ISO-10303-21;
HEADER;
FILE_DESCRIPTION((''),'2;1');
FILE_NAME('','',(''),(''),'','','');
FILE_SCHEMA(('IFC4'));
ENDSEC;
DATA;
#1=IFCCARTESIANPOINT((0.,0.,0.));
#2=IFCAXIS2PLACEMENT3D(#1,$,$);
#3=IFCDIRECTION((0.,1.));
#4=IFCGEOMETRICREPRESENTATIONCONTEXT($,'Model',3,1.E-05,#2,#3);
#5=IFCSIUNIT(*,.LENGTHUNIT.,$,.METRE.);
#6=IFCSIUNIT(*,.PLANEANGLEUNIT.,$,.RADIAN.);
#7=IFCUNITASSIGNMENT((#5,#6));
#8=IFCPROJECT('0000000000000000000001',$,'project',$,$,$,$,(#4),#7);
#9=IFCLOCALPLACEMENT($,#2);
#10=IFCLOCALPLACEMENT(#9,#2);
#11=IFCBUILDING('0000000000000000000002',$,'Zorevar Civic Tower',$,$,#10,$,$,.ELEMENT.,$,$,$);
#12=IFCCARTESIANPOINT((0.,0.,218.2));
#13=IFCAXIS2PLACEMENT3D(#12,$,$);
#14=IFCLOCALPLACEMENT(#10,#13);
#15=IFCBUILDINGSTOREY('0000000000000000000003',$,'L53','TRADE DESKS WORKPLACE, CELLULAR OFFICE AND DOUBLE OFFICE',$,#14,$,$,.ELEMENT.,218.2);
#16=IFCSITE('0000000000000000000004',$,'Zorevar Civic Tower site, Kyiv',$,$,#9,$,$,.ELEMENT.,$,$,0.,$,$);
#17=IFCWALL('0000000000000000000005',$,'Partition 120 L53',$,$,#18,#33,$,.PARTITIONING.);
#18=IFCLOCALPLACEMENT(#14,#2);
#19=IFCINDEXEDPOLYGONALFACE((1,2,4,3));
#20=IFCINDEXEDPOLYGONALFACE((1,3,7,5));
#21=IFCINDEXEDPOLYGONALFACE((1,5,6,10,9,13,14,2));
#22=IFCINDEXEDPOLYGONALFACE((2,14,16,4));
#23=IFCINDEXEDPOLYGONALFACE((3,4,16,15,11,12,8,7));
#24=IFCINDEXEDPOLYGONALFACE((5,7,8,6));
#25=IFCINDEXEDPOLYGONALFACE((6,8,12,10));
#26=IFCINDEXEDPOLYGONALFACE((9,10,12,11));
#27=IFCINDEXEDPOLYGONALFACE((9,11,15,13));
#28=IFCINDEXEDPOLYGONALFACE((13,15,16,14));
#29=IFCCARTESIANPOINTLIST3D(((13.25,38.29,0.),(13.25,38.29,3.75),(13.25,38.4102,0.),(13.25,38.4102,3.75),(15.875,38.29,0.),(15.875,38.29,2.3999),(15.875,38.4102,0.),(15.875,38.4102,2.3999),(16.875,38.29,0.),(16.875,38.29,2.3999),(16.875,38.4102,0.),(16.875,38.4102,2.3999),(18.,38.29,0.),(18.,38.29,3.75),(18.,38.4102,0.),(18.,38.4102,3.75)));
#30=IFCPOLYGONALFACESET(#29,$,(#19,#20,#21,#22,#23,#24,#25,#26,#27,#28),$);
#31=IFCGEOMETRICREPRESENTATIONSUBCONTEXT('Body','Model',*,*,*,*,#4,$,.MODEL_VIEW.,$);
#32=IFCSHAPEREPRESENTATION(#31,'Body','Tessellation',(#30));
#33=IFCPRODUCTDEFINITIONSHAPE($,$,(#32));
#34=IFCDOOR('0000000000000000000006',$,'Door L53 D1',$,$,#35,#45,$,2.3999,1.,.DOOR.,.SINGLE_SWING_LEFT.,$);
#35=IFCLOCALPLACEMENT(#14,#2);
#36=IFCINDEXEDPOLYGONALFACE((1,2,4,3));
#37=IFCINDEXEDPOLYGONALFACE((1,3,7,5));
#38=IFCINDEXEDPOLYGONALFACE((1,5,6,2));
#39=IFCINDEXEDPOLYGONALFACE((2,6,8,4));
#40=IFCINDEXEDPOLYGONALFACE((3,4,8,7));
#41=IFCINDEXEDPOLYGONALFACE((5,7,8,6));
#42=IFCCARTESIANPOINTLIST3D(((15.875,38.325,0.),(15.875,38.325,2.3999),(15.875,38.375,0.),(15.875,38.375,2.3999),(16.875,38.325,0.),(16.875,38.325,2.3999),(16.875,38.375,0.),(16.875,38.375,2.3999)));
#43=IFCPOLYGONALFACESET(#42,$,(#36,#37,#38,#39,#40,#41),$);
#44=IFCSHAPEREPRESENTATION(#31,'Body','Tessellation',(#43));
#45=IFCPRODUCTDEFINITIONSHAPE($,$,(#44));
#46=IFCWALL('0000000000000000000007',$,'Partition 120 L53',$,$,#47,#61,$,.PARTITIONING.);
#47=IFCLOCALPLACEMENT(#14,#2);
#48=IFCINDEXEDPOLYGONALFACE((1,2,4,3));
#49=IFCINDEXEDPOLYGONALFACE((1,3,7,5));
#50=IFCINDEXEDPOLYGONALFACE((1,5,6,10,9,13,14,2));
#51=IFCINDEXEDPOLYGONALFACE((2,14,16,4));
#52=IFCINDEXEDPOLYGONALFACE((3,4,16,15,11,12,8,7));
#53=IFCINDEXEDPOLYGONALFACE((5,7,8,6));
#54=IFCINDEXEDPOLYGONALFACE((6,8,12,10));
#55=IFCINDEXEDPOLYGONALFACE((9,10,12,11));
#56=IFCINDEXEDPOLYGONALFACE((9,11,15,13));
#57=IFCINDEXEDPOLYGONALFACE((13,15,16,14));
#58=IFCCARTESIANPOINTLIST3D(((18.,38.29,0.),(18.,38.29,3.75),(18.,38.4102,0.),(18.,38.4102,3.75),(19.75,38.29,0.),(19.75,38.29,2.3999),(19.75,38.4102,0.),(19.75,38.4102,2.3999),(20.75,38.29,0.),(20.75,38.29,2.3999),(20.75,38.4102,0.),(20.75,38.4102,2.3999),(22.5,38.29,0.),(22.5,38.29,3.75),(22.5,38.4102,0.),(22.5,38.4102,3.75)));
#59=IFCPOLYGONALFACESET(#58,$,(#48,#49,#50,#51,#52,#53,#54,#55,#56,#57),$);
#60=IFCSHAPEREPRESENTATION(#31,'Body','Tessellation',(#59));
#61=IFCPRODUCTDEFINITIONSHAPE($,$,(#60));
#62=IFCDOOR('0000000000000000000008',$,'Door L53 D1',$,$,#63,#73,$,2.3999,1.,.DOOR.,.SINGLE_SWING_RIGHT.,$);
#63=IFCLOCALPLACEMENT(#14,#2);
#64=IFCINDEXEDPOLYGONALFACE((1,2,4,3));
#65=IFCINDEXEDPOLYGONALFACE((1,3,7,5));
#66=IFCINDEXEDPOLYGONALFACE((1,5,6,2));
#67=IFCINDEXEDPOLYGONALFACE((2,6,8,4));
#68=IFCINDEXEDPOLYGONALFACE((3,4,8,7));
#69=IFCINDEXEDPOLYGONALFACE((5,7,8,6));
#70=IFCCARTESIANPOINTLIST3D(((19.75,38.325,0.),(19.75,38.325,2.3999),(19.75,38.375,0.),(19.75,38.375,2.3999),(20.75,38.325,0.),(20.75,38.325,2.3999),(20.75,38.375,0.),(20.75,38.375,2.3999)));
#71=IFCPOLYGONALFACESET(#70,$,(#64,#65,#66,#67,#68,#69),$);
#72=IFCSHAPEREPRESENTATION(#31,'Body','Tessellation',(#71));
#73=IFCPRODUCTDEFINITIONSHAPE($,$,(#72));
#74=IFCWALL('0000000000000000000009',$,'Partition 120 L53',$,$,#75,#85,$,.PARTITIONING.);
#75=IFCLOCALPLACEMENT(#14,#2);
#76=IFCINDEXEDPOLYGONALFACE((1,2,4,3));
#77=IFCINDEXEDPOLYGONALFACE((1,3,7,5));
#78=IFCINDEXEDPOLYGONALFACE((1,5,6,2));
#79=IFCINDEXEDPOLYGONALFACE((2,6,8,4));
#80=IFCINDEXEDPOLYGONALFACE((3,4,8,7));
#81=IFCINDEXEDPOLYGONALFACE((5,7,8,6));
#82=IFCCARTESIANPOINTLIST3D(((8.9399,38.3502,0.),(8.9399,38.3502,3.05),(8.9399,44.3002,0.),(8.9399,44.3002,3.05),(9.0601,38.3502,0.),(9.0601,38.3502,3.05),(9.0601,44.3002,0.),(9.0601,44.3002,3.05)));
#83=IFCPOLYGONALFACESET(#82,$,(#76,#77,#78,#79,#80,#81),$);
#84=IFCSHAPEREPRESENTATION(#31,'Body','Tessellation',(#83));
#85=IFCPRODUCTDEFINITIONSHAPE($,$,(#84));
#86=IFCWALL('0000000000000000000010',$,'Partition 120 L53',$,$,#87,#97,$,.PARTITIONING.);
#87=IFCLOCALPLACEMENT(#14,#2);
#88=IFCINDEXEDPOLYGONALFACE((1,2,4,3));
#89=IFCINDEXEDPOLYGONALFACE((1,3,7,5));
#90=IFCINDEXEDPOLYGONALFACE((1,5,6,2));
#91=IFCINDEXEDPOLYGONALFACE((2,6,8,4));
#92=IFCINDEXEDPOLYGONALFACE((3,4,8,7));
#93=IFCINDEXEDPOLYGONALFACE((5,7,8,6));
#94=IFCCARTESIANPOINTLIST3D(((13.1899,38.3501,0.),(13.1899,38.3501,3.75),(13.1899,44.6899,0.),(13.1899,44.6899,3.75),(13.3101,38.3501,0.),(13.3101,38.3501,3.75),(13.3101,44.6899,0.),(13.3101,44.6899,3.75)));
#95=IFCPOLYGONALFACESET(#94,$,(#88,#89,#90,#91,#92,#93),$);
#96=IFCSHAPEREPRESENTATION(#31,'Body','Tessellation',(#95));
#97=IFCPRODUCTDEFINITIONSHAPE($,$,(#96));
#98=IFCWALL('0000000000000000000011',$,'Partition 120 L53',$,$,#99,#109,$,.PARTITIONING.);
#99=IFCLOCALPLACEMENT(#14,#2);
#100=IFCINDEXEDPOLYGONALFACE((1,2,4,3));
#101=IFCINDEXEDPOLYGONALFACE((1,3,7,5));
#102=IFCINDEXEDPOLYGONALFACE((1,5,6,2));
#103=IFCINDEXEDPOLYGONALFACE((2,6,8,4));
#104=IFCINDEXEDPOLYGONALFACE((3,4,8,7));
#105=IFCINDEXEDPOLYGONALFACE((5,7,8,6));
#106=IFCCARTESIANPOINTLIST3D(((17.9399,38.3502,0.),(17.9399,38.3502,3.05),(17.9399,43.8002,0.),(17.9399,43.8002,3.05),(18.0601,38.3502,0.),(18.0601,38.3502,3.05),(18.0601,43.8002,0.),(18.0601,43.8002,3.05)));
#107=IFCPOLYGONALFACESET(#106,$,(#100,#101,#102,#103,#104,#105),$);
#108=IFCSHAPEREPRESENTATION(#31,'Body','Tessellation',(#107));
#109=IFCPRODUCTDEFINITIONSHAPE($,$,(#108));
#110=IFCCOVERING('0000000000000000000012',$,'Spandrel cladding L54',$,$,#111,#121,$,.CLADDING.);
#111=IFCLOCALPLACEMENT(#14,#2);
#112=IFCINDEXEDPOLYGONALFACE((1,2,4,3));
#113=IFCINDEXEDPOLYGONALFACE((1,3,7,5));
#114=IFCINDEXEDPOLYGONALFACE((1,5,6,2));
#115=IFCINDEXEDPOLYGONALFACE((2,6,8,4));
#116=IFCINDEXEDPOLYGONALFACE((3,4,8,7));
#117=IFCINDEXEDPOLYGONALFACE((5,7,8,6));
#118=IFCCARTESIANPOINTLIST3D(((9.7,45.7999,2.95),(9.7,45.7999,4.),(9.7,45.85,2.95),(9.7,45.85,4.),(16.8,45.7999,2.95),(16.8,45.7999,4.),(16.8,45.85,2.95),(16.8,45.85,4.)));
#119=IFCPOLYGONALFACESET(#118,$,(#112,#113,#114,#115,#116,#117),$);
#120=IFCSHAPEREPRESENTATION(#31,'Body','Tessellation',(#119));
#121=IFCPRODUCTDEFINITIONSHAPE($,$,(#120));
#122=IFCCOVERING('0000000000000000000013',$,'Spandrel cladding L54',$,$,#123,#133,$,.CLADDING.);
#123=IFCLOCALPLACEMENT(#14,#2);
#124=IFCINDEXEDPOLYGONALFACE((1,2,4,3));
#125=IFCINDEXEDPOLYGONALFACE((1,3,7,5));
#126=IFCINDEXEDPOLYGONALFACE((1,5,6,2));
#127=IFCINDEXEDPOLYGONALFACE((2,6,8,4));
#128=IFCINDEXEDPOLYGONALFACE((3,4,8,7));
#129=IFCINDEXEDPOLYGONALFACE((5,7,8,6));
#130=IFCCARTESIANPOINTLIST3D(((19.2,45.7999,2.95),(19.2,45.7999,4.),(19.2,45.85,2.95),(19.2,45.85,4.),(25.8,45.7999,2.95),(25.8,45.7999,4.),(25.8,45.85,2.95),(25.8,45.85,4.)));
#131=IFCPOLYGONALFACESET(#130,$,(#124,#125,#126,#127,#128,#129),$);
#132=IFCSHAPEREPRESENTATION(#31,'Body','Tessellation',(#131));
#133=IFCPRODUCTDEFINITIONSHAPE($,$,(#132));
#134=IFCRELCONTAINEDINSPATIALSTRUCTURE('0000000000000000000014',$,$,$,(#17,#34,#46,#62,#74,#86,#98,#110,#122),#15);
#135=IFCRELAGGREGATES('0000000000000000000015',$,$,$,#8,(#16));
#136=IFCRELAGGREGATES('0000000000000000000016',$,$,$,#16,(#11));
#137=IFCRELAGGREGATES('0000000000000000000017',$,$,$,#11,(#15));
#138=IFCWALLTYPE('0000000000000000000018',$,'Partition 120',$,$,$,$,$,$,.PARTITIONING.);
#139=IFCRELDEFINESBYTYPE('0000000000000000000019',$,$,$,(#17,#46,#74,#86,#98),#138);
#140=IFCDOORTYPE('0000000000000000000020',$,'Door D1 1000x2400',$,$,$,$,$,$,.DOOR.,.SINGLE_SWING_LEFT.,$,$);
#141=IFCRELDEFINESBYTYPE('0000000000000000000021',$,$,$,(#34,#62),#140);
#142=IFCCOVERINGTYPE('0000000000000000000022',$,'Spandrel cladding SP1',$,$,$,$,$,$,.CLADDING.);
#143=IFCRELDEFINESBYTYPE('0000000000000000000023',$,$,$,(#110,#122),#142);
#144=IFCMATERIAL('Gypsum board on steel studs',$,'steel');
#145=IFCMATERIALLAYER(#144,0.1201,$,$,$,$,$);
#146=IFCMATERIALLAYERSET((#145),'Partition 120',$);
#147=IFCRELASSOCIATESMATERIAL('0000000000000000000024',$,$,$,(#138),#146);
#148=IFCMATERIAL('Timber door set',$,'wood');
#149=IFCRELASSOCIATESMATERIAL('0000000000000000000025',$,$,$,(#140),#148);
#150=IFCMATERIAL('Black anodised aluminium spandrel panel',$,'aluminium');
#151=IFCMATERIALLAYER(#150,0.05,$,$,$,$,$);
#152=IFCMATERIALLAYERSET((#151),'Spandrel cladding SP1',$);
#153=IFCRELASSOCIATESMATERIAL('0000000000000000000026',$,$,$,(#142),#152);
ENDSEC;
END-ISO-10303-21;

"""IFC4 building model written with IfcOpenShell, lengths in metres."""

from ifc_helpers import new_model, si_unit, direction, frame, frame_2d, origin, place, context, subcontext, project, spatial, rectangle, extrude, material, layer, layer_set, type_object, element, fill, save


model = new_model("IFC4")

# Units and contexts
model_context = context("Model", 3, precision=1e-05, world=origin(), true_north=direction((0.0, 1.0)))
body_context = subcontext(model_context, "Body", "Model", "MODEL_VIEW")
ifc_project = project(units=[si_unit("LENGTHUNIT", "METRE"), si_unit("PLANEANGLEUNIT", "RADIAN")], contexts=[model_context])

# Site, building, storey
site_placement = place(None, origin())
site = spatial("IfcSite", under=ifc_project, at=site_placement, Name="Zorevar Civic Tower site, Kyiv", CompositionType="ELEMENT", RefElevation=0.0)
building_placement = place(site_placement, origin())
building = spatial("IfcBuilding", under=site, at=building_placement, Name="Zorevar Civic Tower", CompositionType="ELEMENT")
storey_placement = place(building_placement, frame((0.0, 0.0, 218.2)))
storey = spatial("IfcBuildingStorey", under=building, at=storey_placement, Name="L53", Description="TRADE DESKS WORKPLACE, CELLULAR OFFICE AND DOUBLE OFFICE", CompositionType="ELEMENT", Elevation=218.2)

# Walls, openings, doors
ifc_material_1 = material(Name="Gypsum board on steel studs", Category="steel")
ifc_layer_1 = layer(ifc_material_1, 0.1201)
ifc_layer_set_1 = layer_set([ifc_layer_1], Name="Partition 120")
wall_type_1 = type_object("IfcWallType", Name="Partition 120", PredefinedType="PARTITIONING", material=ifc_layer_set_1)
ifc_material_2 = material(Name="Timber door set", Category="wood")
door_type_1 = type_object("IfcDoorType", Name="Door D1 1000x2400", OperationType="SINGLE_SWING_LEFT", PredefinedType="DOOR", material=ifc_material_2)
wall_1_placement = place(storey_placement, frame((13.25, 38.3501, 0.0), z_axis=(0.0, 0.0, 1.0), x_axis=(1.0, 0.0, 0.0)))
wall_1 = element("IfcWall", 1, at=wall_1_placement, inside=storey, type_object=wall_type_1, Name="Partition 120 L53", PredefinedType="PARTITIONING", context=body_context, shape_type="SweptSolid", body=[
    extrude(rectangle(XDim=4.75, YDim=0.1201, at=frame_2d((2.375, 0.0))), origin(), (0.0, 0.0, 1.0), 3.75),
])
opening_1_placement = place(wall_1_placement, frame((2.625, 0.0, 0.0)))
opening_1 = element("IfcOpeningElement", 2, at=opening_1_placement, cuts=wall_1, PredefinedType="OPENING", context=body_context, shape_type="SweptSolid", body=[
    extrude(rectangle(XDim=1.0, YDim=2.3999, at=frame_2d((0.5, 1.2))), frame((0.0, 0.0701, 0.0), z_axis=(0.0, -1.0, 0.0), x_axis=(1.0, 0.0, 0.0)), (0.0, 0.0, 1.0), 0.1401),
])
door_1_placement = place(opening_1_placement, origin())
door_1 = element("IfcDoor", 3, at=door_1_placement, inside=storey, type_object=door_type_1, Name="Door L53 D1", OperationType="SINGLE_SWING_LEFT", OverallHeight=2.3999, OverallWidth=1.0, PredefinedType="DOOR", context=body_context, shape_type="SweptSolid", body=[
    extrude(rectangle(XDim=1.0, YDim=2.3999, at=frame_2d((0.5, 1.2))), frame((0.0, 0.0249, 0.0), z_axis=(0.0, -1.0, 0.0), x_axis=(1.0, 0.0, 0.0)), (0.0, 0.0, 1.0), 0.05),
])
fill(opening_1, door_1)
wall_2_placement = place(storey_placement, frame((18.0, 38.3501, 0.0), z_axis=(0.0, 0.0, 1.0), x_axis=(1.0, 0.0, 0.0)))
wall_2 = element("IfcWall", 4, at=wall_2_placement, inside=storey, type_object=wall_type_1, Name="Partition 120 L53", PredefinedType="PARTITIONING", context=body_context, shape_type="SweptSolid", body=[
    extrude(rectangle(XDim=4.5, YDim=0.1201, at=frame_2d((2.25, 0.0))), origin(), (0.0, 0.0, 1.0), 3.75),
])
opening_2_placement = place(wall_2_placement, frame((1.75, 0.0, 0.0)))
opening_2 = element("IfcOpeningElement", 5, at=opening_2_placement, cuts=wall_2, PredefinedType="OPENING", context=body_context, shape_type="SweptSolid", body=[
    extrude(rectangle(XDim=1.0, YDim=2.3999, at=frame_2d((0.5, 1.2))), frame((0.0, 0.0701, 0.0), z_axis=(0.0, -1.0, 0.0), x_axis=(1.0, 0.0, 0.0)), (0.0, 0.0, 1.0), 0.1401),
])
door_2_placement = place(opening_2_placement, origin())
door_2 = element("IfcDoor", 6, at=door_2_placement, inside=storey, type_object=door_type_1, Name="Door L53 D1", OperationType="SINGLE_SWING_RIGHT", OverallHeight=2.3999, OverallWidth=1.0, PredefinedType="DOOR", context=body_context, shape_type="SweptSolid", body=[
    extrude(rectangle(XDim=1.0, YDim=2.3999, at=frame_2d((0.5, 1.2))), frame((0.0, 0.0249, 0.0), z_axis=(0.0, -1.0, 0.0), x_axis=(1.0, 0.0, 0.0)), (0.0, 0.0, 1.0), 0.05),
])
fill(opening_2, door_2)

# Walls
wall_3_placement = place(storey_placement, frame((9.0, 38.3501, 0.0), z_axis=(0.0, 0.0, 1.0), x_axis=(0.0, 1.0, 0.0)))
element("IfcWall", 7, at=wall_3_placement, inside=storey, type_object=wall_type_1, Name="Partition 120 L53", PredefinedType="PARTITIONING", context=body_context, shape_type="SweptSolid", body=[
    extrude(rectangle(XDim=5.95, YDim=0.1201, at=frame_2d((2.9751, 0.0))), origin(), (0.0, 0.0, 1.0), 3.05),
])
wall_4_placement = place(storey_placement, frame((13.25, 38.3501, 0.0), z_axis=(0.0, 0.0, 1.0), x_axis=(0.0, 1.0, 0.0)))
element("IfcWall", 8, at=wall_4_placement, inside=storey, type_object=wall_type_1, Name="Partition 120 L53", PredefinedType="PARTITIONING", context=body_context, shape_type="SweptSolid", body=[
    extrude(rectangle(XDim=6.3398, YDim=0.1201, at=frame_2d((3.1699, 0.0))), origin(), (0.0, 0.0, 1.0), 3.75),
])
wall_5_placement = place(storey_placement, frame((18.0, 38.3501, 0.0), z_axis=(0.0, 0.0, 1.0), x_axis=(0.0, 1.0, 0.0)))
element("IfcWall", 9, at=wall_5_placement, inside=storey, type_object=wall_type_1, Name="Partition 120 L53", PredefinedType="PARTITIONING", context=body_context, shape_type="SweptSolid", body=[
    extrude(rectangle(XDim=5.45, YDim=0.1201, at=frame_2d((2.7251, 0.0))), origin(), (0.0, 0.0, 1.0), 3.05),
])

# Coverings
ifc_material_3 = material(Name="Black anodised aluminium spandrel panel", Category="aluminium")
ifc_layer_2 = layer(ifc_material_3, 0.05)
ifc_layer_set_2 = layer_set([ifc_layer_2], Name="Spandrel cladding SP1")
covering_type = type_object("IfcCoveringType", Name="Spandrel cladding SP1", PredefinedType="CLADDING", material=ifc_layer_set_2)
covering_1_placement = place(storey_placement, frame((9.7, 45.825, 2.95), z_axis=(0.0, 0.0, 1.0), x_axis=(1.0, 0.0, 0.0)))
element("IfcCovering", 10, at=covering_1_placement, inside=storey, type_object=covering_type, Name="Spandrel cladding L54", PredefinedType="CLADDING", context=body_context, shape_type="SweptSolid", body=[
    extrude(rectangle(XDim=7.1001, YDim=0.05, at=frame_2d((3.55, 0.0))), origin(), (0.0, 0.0, 1.0), 1.05),
])
covering_2_placement = place(storey_placement, frame((19.2, 45.825, 2.95), z_axis=(0.0, 0.0, 1.0), x_axis=(1.0, 0.0, 0.0)))
element("IfcCovering", 11, at=covering_2_placement, inside=storey, type_object=covering_type, Name="Spandrel cladding L54", PredefinedType="CLADDING", context=body_context, shape_type="SweptSolid", body=[
    extrude(rectangle(XDim=6.6001, YDim=0.05, at=frame_2d((3.3, 0.0))), origin(), (0.0, 0.0, 1.0), 1.05),
])

save(model, "model.ifc")
